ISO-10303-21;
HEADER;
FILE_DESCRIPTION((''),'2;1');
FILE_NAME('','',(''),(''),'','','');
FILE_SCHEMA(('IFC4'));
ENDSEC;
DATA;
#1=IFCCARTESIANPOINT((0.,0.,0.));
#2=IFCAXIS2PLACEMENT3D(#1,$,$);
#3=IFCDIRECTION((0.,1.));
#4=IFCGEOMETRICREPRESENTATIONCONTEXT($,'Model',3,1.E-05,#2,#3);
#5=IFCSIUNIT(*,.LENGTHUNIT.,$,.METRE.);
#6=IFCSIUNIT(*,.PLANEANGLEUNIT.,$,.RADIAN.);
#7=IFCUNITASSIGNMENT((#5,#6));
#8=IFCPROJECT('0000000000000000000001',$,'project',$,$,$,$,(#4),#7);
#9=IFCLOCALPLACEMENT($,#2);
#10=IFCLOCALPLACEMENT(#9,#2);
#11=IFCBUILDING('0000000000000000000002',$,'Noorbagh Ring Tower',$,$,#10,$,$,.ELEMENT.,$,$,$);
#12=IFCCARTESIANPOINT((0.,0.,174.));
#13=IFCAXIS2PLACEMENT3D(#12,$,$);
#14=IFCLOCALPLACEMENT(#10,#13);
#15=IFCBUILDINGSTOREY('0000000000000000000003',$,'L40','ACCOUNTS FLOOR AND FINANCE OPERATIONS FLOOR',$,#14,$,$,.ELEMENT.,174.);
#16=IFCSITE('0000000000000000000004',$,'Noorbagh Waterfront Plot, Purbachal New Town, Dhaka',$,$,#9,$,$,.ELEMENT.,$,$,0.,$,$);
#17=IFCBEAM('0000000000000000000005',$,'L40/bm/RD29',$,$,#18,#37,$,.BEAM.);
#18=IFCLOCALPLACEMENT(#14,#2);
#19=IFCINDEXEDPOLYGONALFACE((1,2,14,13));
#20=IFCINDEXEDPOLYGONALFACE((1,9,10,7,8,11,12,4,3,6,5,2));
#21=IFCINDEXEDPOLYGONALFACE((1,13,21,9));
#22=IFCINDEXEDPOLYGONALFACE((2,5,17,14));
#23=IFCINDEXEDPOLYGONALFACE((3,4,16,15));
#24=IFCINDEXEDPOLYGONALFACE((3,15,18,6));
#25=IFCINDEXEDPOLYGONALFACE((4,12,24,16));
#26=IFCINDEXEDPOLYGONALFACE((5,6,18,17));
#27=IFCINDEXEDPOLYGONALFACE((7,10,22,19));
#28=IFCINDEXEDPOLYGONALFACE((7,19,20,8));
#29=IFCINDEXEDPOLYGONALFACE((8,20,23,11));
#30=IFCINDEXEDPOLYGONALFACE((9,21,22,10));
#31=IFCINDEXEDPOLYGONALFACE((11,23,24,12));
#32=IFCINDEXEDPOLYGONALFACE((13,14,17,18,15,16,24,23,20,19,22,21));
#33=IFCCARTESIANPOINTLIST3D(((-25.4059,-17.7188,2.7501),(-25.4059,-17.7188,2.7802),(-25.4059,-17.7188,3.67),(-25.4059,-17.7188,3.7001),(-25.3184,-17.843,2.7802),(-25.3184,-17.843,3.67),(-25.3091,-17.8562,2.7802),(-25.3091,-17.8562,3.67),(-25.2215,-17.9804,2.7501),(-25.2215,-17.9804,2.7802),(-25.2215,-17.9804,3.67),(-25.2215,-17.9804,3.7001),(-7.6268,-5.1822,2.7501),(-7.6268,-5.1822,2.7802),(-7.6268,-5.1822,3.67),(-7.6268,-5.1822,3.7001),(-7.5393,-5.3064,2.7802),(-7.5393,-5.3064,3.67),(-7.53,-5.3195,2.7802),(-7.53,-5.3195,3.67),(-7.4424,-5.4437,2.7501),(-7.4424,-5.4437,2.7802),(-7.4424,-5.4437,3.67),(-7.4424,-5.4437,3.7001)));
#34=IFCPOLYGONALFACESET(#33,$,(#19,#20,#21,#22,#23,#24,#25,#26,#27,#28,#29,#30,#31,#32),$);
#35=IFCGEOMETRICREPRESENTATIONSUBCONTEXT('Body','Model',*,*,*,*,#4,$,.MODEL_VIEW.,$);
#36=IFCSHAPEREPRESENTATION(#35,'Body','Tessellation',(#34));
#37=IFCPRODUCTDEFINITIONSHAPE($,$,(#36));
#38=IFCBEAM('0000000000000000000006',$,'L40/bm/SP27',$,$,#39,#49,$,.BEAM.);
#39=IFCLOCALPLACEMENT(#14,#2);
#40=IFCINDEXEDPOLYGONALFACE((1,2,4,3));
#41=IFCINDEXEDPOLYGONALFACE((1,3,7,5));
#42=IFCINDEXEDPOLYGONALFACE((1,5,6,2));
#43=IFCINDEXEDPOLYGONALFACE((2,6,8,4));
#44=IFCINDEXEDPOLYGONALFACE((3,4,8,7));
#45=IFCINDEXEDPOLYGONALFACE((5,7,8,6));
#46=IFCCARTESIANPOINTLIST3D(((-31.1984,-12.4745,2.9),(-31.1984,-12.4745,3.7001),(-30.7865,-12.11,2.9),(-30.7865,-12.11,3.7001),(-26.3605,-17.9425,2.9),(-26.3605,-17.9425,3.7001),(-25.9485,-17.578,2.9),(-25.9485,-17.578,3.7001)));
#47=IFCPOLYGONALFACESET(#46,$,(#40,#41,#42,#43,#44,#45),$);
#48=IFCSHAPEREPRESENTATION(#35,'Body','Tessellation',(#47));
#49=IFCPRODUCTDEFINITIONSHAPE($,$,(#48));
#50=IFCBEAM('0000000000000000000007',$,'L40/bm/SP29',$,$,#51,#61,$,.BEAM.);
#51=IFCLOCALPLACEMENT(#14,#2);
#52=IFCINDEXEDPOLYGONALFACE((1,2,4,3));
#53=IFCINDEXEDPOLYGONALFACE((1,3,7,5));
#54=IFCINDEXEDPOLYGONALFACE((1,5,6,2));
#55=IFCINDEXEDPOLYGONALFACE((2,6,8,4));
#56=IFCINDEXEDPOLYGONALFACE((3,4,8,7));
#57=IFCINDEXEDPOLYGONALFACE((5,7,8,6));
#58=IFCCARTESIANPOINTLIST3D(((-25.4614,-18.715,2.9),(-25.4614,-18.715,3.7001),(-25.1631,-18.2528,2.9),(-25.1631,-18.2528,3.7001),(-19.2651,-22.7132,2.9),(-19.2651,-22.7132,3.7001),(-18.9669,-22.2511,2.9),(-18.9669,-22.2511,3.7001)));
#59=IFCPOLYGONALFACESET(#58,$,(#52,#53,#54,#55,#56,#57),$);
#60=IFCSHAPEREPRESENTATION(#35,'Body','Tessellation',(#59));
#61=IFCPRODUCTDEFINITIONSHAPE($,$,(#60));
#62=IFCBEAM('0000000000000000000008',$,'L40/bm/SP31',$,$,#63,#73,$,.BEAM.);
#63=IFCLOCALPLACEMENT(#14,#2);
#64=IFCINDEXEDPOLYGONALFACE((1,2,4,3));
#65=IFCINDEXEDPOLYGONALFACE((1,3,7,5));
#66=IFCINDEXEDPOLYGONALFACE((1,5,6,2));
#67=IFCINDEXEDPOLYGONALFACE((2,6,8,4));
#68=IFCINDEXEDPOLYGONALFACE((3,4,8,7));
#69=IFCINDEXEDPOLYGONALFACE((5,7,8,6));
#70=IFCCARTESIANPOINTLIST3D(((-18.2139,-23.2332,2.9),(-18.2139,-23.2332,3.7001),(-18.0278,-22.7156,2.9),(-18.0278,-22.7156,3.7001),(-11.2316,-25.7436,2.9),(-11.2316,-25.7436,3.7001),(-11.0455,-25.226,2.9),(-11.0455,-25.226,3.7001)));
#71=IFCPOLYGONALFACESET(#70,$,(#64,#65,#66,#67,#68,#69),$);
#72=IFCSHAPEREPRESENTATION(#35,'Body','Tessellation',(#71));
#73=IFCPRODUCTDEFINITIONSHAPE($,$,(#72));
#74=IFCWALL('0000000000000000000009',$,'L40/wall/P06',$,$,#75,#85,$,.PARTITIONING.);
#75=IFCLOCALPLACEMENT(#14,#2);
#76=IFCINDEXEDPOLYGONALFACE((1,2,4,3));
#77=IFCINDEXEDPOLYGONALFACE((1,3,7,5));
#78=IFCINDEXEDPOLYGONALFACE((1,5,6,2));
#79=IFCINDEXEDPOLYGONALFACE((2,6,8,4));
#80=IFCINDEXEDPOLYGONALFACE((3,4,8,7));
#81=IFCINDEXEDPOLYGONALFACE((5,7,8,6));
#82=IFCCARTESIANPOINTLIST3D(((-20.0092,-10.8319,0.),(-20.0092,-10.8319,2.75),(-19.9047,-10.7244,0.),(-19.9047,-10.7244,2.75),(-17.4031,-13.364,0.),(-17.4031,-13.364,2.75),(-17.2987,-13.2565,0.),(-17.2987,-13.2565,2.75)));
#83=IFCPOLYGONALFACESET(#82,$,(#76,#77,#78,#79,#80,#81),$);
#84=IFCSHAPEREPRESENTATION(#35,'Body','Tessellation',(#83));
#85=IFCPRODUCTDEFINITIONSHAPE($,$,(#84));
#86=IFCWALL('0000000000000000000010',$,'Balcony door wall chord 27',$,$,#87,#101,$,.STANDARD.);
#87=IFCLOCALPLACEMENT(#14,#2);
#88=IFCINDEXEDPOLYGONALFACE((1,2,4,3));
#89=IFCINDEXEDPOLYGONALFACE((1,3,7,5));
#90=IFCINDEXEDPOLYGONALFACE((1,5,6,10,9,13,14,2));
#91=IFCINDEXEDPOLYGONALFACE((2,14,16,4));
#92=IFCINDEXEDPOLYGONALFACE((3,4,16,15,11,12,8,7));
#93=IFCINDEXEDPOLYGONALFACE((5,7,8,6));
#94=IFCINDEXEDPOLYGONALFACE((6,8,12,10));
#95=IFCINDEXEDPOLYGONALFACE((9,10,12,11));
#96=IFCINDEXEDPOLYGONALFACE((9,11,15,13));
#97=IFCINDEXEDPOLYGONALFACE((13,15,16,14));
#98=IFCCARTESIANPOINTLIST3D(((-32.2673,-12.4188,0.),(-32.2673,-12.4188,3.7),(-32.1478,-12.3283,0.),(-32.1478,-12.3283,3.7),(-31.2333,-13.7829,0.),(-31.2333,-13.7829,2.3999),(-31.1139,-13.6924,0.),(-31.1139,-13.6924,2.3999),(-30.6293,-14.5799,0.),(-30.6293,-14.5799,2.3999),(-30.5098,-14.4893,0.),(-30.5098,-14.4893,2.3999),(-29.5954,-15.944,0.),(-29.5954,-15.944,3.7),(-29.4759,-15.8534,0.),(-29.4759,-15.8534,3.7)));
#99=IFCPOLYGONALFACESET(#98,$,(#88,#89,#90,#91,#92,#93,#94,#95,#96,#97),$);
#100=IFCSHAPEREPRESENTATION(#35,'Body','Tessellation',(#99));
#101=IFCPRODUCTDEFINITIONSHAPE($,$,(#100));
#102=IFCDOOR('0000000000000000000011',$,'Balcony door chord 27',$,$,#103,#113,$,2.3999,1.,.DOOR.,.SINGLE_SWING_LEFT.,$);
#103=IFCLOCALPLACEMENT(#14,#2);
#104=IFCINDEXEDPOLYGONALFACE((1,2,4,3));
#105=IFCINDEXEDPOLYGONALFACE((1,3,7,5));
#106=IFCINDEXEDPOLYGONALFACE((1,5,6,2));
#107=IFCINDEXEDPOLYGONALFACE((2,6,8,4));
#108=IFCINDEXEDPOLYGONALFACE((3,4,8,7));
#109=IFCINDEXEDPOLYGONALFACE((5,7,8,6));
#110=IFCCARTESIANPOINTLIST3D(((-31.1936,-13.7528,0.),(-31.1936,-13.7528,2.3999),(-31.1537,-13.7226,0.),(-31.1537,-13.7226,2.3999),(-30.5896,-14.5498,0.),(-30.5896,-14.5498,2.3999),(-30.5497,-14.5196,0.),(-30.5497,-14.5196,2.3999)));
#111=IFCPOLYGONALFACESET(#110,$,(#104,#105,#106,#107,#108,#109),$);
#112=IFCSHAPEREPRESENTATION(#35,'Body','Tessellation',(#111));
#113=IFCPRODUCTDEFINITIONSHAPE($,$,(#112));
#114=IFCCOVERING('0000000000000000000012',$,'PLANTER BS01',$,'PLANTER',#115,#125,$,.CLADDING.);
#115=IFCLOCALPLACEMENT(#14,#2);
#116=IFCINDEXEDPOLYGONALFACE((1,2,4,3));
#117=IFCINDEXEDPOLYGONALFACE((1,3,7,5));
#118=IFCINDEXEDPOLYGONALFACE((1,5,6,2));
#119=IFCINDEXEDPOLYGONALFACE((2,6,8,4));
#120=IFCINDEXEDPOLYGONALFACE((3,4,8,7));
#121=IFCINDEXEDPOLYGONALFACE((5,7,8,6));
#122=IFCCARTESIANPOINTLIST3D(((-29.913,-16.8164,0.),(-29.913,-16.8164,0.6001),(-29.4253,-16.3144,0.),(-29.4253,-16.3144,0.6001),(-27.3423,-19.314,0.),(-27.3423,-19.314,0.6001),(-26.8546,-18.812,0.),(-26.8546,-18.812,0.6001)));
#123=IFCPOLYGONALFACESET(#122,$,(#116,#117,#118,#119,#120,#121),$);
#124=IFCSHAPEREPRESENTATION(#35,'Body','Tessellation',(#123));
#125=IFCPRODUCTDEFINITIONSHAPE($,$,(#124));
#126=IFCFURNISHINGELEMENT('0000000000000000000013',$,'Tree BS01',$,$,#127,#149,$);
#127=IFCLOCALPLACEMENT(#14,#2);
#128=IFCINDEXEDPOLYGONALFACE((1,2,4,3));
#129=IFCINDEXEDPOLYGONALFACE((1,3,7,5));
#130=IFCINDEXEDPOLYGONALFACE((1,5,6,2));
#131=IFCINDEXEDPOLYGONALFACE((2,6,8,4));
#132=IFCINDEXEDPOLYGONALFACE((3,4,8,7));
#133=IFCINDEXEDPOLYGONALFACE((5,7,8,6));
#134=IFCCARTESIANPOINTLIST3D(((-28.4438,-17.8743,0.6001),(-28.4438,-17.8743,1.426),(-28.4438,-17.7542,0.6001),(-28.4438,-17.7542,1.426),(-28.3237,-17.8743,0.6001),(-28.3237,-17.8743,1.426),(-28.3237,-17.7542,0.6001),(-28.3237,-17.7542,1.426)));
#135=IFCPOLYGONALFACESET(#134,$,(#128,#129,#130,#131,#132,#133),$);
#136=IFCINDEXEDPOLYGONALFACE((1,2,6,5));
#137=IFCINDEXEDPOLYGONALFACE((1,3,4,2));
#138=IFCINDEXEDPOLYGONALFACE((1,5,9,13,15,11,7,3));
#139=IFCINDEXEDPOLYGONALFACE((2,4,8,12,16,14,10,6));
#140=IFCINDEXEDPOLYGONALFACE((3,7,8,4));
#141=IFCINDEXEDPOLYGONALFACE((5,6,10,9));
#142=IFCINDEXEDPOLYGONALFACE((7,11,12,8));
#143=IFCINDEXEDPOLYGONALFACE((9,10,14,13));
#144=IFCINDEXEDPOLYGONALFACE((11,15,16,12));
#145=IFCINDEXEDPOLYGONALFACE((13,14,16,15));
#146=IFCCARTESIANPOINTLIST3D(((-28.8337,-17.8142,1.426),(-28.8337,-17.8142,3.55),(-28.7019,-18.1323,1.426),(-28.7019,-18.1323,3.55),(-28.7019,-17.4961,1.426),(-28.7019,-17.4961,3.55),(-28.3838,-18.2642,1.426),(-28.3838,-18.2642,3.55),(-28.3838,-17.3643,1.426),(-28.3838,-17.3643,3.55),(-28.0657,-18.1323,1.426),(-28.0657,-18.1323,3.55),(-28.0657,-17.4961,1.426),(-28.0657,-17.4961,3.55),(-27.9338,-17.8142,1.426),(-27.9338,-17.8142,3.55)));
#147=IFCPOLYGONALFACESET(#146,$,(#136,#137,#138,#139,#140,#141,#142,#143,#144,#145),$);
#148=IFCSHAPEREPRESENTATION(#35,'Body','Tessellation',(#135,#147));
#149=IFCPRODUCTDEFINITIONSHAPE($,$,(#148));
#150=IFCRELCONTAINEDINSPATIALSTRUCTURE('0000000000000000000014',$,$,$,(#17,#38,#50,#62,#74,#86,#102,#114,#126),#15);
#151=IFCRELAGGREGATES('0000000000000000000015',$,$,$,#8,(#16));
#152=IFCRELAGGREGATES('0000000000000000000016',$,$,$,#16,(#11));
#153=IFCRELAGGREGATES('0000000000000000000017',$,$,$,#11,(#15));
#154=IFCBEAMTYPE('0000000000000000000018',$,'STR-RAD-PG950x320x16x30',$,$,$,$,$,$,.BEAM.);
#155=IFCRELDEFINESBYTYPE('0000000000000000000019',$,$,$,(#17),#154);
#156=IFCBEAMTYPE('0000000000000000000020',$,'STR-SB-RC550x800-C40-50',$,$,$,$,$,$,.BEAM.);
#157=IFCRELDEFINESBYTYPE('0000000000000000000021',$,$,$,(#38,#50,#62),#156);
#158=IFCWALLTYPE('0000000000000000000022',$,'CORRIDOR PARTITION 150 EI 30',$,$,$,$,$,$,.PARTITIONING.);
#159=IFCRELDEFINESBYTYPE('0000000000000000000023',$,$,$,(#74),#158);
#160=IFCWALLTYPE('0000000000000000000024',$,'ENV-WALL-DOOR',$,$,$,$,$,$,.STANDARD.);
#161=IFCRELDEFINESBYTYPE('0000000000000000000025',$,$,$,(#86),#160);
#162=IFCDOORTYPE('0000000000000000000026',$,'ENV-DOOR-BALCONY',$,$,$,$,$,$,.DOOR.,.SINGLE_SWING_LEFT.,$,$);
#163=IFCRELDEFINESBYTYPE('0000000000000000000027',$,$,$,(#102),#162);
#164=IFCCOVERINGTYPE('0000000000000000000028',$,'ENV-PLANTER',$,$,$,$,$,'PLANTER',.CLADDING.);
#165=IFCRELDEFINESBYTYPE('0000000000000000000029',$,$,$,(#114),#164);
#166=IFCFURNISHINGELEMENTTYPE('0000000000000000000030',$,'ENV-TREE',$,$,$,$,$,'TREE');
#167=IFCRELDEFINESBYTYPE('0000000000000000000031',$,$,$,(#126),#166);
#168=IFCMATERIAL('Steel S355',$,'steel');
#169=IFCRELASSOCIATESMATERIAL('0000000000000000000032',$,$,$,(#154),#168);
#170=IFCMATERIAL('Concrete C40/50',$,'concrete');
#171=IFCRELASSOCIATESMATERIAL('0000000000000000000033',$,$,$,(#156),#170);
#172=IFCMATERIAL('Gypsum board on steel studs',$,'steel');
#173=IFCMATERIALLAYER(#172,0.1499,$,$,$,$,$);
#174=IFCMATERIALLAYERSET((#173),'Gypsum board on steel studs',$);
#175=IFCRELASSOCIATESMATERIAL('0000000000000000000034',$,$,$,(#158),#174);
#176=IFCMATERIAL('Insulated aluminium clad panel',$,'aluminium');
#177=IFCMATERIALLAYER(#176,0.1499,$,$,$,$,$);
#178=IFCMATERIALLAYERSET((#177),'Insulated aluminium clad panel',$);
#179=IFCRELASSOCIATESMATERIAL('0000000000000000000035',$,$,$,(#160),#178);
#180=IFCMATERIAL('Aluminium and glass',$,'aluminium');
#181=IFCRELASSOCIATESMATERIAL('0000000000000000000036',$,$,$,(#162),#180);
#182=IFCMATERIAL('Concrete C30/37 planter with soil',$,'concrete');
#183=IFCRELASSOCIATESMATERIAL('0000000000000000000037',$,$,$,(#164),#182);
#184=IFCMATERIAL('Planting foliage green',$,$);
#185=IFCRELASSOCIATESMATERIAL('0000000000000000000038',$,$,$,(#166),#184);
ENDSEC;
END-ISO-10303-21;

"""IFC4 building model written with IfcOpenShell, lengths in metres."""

from ifc_helpers import new_model, si_unit, direction, frame, frame_2d, origin, origin_2d, place, context, subcontext, project, spatial, polyline, rectangle, i_section, outline, extrude, material, layer, layer_set, material_profile, profile_set, type_object, element, fill, save


model = new_model("IFC4")

# Units and contexts
model_context = context("Model", 3, precision=1e-05, world=origin(), true_north=direction((0.0, 1.0)))
body_context = subcontext(model_context, "Body", "Model", "MODEL_VIEW")
ifc_project = project(units=[si_unit("LENGTHUNIT", "METRE"), si_unit("PLANEANGLEUNIT", "RADIAN")], contexts=[model_context])

# Site, building, storey
site_placement = place(None, origin())
site = spatial("IfcSite", under=ifc_project, at=site_placement, Name="Noorbagh Waterfront Plot, Purbachal New Town, Dhaka", CompositionType="ELEMENT", RefElevation=0.0)
building_placement = place(site_placement, origin())
building = spatial("IfcBuilding", under=site, at=building_placement, Name="Noorbagh Ring Tower", CompositionType="ELEMENT")
storey_placement = place(building_placement, frame((0.0, 0.0, 174.0)))
storey = spatial("IfcBuildingStorey", under=building, at=storey_placement, Name="L40", Description="ACCOUNTS FLOOR AND FINANCE OPERATIONS FLOOR", CompositionType="ELEMENT", Elevation=174.0)

# Beams
ifc_material_1 = material(Name="Steel S355", Category="steel")
ifc_material_profile_1 = material_profile(ifc_material_1, i_section(OverallWidth=0.3201, OverallDepth=0.95, WebThickness=0.0161, FlangeThickness=0.03, at=origin_2d()), Name="PG950x320x16x30")
ifc_profile_set_1 = profile_set([ifc_material_profile_1], Name="Steel S355")
beam_type_1 = type_object("IfcBeamType", Name="STR-RAD-PG950x320x16x30", PredefinedType="BEAM", material=ifc_profile_set_1)
beam_1_placement = place(storey_placement, frame((-25.3137, -17.8496, 3.2251), z_axis=(0.817256, 0.576275, 0.0), x_axis=(-0.576275, 0.817256, 0.0)))
element("IfcBeam", 1, at=beam_1_placement, inside=storey, type_object=beam_type_1, Name="L40/bm/RD29", PredefinedType="BEAM", context=body_context, shape_type="SweptSolid", body=[
    extrude(i_section(OverallWidth=0.3201, OverallDepth=0.95, WebThickness=0.0161, FlangeThickness=0.03, at=origin_2d()), origin(), (0.0, 0.0, 1.0), 21.7546),
])
ifc_material_2 = material(Name="Concrete C40/50", Category="concrete")
ifc_material_profile_2 = material_profile(ifc_material_2, rectangle(XDim=0.55, YDim=0.8, at=origin_2d()), Name="RC550x800")
ifc_profile_set_2 = profile_set([ifc_material_profile_2], Name="Concrete C40/50")
beam_type_2 = type_object("IfcBeamType", Name="STR-SB-RC550x800-C40-50", PredefinedType="BEAM", material=ifc_profile_set_2)
beam_2_placement = place(storey_placement, frame((-30.9924, -12.2922, 3.3), z_axis=(0.662635, -0.748942, 0.0), x_axis=(0.748942, 0.662635, 0.0)))
element("IfcBeam", 2, at=beam_2_placement, inside=storey, type_object=beam_type_2, Name="L40/bm/SP27", PredefinedType="BEAM", context=body_context, shape_type="SweptSolid", body=[
    extrude(rectangle(XDim=0.55, YDim=0.8, at=origin_2d()), origin(), (0.0, 0.0, 1.0), 7.301),
])
beam_3_placement = place(storey_placement, frame((-25.3123, -18.4839, 3.3), z_axis=(0.840254, -0.542192, 0.0), x_axis=(0.542192, 0.840254, 0.0)))
element("IfcBeam", 3, at=beam_3_placement, inside=storey, type_object=beam_type_2, Name="L40/bm/SP29", PredefinedType="BEAM", context=body_context, shape_type="SweptSolid", body=[
    extrude(rectangle(XDim=0.55, YDim=0.8, at=origin_2d()), origin(), (0.0, 0.0, 1.0), 7.3743),
])
beam_4_placement = place(storey_placement, frame((-18.1208, -22.9744, 3.3), z_axis=(0.941024, -0.338341, 0.0), x_axis=(0.338341, 0.941024, 0.0)))
element("IfcBeam", 4, at=beam_4_placement, inside=storey, type_object=beam_type_2, Name="L40/bm/SP31", PredefinedType="BEAM", context=body_context, shape_type="SweptSolid", body=[
    extrude(rectangle(XDim=0.55, YDim=0.8, at=origin_2d()), origin(), (0.0, 0.0, 1.0), 7.4199),
])

# Wall
ifc_material_3 = material(Name="Gypsum board on steel studs", Category="steel")
ifc_layer_1 = layer(ifc_material_3, 0.1499)
ifc_layer_set_1 = layer_set([ifc_layer_1], Name="Gypsum board on steel studs")
wall_type_1 = type_object("IfcWallType", Name="CORRIDOR PARTITION 150 EI 30", PredefinedType="PARTITIONING", material=ifc_layer_set_1)
wall_1_placement = place(storey_placement, frame((-19.957, -10.7781, 0.0), z_axis=(0.0, 0.0, 1.0), x_axis=(0.717213, -0.696854, 0.0)))
element("IfcWall", 5, at=wall_1_placement, inside=storey, type_object=wall_type_1, Name="L40/wall/P06", PredefinedType="PARTITIONING", context=body_context, shape_type="SweptSolid", body=[
    extrude(rectangle(XDim=3.6335, YDim=0.1499, at=frame_2d((1.8169, 0.0))), origin(), (0.0, 0.0, 1.0), 2.75),
])

# Wall, opening, door
ifc_material_4 = material(Name="Insulated aluminium clad panel", Category="aluminium")
ifc_layer_2 = layer(ifc_material_4, 0.1499)
ifc_layer_set_2 = layer_set([ifc_layer_2], Name="Insulated aluminium clad panel")
wall_type_2 = type_object("IfcWallType", Name="ENV-WALL-DOOR", PredefinedType="STANDARD", material=ifc_layer_set_2)
wall_2_placement = place(storey_placement, frame((-32.2075, -12.3735, 0.0), z_axis=(0.0, 0.0, 1.0), x_axis=(0.604046, -0.79695, 0.0)))
wall_2 = element("IfcWall", 6, at=wall_2_placement, inside=storey, type_object=wall_type_2, Name="Balcony door wall chord 27", PredefinedType="STANDARD", context=body_context, shape_type="SweptSolid", body=[
    extrude(rectangle(XDim=4.4233, YDim=0.1499, at=frame_2d((2.2117, 0.0))), origin(), (0.0, 0.0, 1.0), 3.7),
])
opening_placement = place(wall_2_placement, frame((1.7117, 0.0, 0.0)))
opening = element("IfcOpeningElement", 7, at=opening_placement, cuts=wall_2, PredefinedType="OPENING", context=body_context, shape_type="SweptSolid", body=[
    extrude(rectangle(XDim=1.0, YDim=2.3999, at=frame_2d((0.5, 1.2))), frame((0.0, 0.085, 0.0), z_axis=(0.0, -1.0, 0.0), x_axis=(1.0, 0.0, 0.0)), (0.0, 0.0, 1.0), 0.1699),
])
ifc_material_5 = material(Name="Aluminium and glass", Category="aluminium")
door_type = type_object("IfcDoorType", Name="ENV-DOOR-BALCONY", OperationType="SINGLE_SWING_LEFT", PredefinedType="DOOR", material=ifc_material_5)
door_placement = place(opening_placement, origin())
door = element("IfcDoor", 8, at=door_placement, inside=storey, type_object=door_type, Name="Balcony door chord 27", OperationType="SINGLE_SWING_LEFT", OverallHeight=2.3999, OverallWidth=1.0, PredefinedType="DOOR", context=body_context, shape_type="SweptSolid", body=[
    extrude(rectangle(XDim=1.0, YDim=2.3999, at=frame_2d((0.5, 1.2))), frame((0.0, 0.0249, 0.0), z_axis=(0.0, -1.0, 0.0), x_axis=(1.0, 0.0, 0.0)), (0.0, 0.0, 1.0), 0.05),
])
fill(opening, door)

# Covering
ifc_material_6 = material(Name="Concrete C30/37 planter with soil", Category="concrete")
covering_type = type_object("IfcCoveringType", Name="ENV-PLANTER", ElementType="PLANTER", PredefinedType="CLADDING", material=ifc_material_6)
covering_placement = place(storey_placement, frame((-28.3838, -17.8142, 0.0), z_axis=(0.0, 0.0, 1.0), x_axis=(0.717225, -0.696842, 0.0)))
element("IfcCovering", 9, at=covering_placement, inside=storey, type_object=covering_type, Name="PLANTER BS01", ObjectType="PLANTER", PredefinedType="CLADDING", context=body_context, shape_type="SweptSolid", body=[
    extrude(rectangle(XDim=3.5842, YDim=0.7, at=origin_2d()), origin(), (0.0, 0.0, 1.0), 0.6001),
])

# Furnishing element
ifc_material_7 = material(Name="Planting foliage green")
furnishing_element_type = type_object("IfcFurnishingElementType", Name="ENV-TREE", ElementType="TREE", material=ifc_material_7)
furnishing_placement = place(storey_placement, frame((-28.3838, -17.8142, 0.6001), z_axis=(0.0, 0.0, 1.0), x_axis=(1.0, 0.0, 0.0)))
element("IfcFurnishingElement", 10, at=furnishing_placement, inside=storey, type_object=furnishing_element_type, Name="Tree BS01", context=body_context, shape_type="SweptSolid", body=[
    extrude(rectangle(XDim=0.1201, YDim=0.1201, at=origin_2d()), origin(), (0.0, 0.0, 1.0), 0.8259),
    extrude(outline(polyline([(0.45, 0.0), (0.3181, 0.3181), (0.0, 0.45), (-0.3181, 0.3181), (-0.45, 0.0), (-0.3181, -0.3181), (0.0, -0.45), (0.3181, -0.3181), (0.45, 0.0)])), frame((0.0, 0.0, 0.8259)), (0.0, 0.0, 1.0), 2.124),
])

save(model, "model.ifc")
